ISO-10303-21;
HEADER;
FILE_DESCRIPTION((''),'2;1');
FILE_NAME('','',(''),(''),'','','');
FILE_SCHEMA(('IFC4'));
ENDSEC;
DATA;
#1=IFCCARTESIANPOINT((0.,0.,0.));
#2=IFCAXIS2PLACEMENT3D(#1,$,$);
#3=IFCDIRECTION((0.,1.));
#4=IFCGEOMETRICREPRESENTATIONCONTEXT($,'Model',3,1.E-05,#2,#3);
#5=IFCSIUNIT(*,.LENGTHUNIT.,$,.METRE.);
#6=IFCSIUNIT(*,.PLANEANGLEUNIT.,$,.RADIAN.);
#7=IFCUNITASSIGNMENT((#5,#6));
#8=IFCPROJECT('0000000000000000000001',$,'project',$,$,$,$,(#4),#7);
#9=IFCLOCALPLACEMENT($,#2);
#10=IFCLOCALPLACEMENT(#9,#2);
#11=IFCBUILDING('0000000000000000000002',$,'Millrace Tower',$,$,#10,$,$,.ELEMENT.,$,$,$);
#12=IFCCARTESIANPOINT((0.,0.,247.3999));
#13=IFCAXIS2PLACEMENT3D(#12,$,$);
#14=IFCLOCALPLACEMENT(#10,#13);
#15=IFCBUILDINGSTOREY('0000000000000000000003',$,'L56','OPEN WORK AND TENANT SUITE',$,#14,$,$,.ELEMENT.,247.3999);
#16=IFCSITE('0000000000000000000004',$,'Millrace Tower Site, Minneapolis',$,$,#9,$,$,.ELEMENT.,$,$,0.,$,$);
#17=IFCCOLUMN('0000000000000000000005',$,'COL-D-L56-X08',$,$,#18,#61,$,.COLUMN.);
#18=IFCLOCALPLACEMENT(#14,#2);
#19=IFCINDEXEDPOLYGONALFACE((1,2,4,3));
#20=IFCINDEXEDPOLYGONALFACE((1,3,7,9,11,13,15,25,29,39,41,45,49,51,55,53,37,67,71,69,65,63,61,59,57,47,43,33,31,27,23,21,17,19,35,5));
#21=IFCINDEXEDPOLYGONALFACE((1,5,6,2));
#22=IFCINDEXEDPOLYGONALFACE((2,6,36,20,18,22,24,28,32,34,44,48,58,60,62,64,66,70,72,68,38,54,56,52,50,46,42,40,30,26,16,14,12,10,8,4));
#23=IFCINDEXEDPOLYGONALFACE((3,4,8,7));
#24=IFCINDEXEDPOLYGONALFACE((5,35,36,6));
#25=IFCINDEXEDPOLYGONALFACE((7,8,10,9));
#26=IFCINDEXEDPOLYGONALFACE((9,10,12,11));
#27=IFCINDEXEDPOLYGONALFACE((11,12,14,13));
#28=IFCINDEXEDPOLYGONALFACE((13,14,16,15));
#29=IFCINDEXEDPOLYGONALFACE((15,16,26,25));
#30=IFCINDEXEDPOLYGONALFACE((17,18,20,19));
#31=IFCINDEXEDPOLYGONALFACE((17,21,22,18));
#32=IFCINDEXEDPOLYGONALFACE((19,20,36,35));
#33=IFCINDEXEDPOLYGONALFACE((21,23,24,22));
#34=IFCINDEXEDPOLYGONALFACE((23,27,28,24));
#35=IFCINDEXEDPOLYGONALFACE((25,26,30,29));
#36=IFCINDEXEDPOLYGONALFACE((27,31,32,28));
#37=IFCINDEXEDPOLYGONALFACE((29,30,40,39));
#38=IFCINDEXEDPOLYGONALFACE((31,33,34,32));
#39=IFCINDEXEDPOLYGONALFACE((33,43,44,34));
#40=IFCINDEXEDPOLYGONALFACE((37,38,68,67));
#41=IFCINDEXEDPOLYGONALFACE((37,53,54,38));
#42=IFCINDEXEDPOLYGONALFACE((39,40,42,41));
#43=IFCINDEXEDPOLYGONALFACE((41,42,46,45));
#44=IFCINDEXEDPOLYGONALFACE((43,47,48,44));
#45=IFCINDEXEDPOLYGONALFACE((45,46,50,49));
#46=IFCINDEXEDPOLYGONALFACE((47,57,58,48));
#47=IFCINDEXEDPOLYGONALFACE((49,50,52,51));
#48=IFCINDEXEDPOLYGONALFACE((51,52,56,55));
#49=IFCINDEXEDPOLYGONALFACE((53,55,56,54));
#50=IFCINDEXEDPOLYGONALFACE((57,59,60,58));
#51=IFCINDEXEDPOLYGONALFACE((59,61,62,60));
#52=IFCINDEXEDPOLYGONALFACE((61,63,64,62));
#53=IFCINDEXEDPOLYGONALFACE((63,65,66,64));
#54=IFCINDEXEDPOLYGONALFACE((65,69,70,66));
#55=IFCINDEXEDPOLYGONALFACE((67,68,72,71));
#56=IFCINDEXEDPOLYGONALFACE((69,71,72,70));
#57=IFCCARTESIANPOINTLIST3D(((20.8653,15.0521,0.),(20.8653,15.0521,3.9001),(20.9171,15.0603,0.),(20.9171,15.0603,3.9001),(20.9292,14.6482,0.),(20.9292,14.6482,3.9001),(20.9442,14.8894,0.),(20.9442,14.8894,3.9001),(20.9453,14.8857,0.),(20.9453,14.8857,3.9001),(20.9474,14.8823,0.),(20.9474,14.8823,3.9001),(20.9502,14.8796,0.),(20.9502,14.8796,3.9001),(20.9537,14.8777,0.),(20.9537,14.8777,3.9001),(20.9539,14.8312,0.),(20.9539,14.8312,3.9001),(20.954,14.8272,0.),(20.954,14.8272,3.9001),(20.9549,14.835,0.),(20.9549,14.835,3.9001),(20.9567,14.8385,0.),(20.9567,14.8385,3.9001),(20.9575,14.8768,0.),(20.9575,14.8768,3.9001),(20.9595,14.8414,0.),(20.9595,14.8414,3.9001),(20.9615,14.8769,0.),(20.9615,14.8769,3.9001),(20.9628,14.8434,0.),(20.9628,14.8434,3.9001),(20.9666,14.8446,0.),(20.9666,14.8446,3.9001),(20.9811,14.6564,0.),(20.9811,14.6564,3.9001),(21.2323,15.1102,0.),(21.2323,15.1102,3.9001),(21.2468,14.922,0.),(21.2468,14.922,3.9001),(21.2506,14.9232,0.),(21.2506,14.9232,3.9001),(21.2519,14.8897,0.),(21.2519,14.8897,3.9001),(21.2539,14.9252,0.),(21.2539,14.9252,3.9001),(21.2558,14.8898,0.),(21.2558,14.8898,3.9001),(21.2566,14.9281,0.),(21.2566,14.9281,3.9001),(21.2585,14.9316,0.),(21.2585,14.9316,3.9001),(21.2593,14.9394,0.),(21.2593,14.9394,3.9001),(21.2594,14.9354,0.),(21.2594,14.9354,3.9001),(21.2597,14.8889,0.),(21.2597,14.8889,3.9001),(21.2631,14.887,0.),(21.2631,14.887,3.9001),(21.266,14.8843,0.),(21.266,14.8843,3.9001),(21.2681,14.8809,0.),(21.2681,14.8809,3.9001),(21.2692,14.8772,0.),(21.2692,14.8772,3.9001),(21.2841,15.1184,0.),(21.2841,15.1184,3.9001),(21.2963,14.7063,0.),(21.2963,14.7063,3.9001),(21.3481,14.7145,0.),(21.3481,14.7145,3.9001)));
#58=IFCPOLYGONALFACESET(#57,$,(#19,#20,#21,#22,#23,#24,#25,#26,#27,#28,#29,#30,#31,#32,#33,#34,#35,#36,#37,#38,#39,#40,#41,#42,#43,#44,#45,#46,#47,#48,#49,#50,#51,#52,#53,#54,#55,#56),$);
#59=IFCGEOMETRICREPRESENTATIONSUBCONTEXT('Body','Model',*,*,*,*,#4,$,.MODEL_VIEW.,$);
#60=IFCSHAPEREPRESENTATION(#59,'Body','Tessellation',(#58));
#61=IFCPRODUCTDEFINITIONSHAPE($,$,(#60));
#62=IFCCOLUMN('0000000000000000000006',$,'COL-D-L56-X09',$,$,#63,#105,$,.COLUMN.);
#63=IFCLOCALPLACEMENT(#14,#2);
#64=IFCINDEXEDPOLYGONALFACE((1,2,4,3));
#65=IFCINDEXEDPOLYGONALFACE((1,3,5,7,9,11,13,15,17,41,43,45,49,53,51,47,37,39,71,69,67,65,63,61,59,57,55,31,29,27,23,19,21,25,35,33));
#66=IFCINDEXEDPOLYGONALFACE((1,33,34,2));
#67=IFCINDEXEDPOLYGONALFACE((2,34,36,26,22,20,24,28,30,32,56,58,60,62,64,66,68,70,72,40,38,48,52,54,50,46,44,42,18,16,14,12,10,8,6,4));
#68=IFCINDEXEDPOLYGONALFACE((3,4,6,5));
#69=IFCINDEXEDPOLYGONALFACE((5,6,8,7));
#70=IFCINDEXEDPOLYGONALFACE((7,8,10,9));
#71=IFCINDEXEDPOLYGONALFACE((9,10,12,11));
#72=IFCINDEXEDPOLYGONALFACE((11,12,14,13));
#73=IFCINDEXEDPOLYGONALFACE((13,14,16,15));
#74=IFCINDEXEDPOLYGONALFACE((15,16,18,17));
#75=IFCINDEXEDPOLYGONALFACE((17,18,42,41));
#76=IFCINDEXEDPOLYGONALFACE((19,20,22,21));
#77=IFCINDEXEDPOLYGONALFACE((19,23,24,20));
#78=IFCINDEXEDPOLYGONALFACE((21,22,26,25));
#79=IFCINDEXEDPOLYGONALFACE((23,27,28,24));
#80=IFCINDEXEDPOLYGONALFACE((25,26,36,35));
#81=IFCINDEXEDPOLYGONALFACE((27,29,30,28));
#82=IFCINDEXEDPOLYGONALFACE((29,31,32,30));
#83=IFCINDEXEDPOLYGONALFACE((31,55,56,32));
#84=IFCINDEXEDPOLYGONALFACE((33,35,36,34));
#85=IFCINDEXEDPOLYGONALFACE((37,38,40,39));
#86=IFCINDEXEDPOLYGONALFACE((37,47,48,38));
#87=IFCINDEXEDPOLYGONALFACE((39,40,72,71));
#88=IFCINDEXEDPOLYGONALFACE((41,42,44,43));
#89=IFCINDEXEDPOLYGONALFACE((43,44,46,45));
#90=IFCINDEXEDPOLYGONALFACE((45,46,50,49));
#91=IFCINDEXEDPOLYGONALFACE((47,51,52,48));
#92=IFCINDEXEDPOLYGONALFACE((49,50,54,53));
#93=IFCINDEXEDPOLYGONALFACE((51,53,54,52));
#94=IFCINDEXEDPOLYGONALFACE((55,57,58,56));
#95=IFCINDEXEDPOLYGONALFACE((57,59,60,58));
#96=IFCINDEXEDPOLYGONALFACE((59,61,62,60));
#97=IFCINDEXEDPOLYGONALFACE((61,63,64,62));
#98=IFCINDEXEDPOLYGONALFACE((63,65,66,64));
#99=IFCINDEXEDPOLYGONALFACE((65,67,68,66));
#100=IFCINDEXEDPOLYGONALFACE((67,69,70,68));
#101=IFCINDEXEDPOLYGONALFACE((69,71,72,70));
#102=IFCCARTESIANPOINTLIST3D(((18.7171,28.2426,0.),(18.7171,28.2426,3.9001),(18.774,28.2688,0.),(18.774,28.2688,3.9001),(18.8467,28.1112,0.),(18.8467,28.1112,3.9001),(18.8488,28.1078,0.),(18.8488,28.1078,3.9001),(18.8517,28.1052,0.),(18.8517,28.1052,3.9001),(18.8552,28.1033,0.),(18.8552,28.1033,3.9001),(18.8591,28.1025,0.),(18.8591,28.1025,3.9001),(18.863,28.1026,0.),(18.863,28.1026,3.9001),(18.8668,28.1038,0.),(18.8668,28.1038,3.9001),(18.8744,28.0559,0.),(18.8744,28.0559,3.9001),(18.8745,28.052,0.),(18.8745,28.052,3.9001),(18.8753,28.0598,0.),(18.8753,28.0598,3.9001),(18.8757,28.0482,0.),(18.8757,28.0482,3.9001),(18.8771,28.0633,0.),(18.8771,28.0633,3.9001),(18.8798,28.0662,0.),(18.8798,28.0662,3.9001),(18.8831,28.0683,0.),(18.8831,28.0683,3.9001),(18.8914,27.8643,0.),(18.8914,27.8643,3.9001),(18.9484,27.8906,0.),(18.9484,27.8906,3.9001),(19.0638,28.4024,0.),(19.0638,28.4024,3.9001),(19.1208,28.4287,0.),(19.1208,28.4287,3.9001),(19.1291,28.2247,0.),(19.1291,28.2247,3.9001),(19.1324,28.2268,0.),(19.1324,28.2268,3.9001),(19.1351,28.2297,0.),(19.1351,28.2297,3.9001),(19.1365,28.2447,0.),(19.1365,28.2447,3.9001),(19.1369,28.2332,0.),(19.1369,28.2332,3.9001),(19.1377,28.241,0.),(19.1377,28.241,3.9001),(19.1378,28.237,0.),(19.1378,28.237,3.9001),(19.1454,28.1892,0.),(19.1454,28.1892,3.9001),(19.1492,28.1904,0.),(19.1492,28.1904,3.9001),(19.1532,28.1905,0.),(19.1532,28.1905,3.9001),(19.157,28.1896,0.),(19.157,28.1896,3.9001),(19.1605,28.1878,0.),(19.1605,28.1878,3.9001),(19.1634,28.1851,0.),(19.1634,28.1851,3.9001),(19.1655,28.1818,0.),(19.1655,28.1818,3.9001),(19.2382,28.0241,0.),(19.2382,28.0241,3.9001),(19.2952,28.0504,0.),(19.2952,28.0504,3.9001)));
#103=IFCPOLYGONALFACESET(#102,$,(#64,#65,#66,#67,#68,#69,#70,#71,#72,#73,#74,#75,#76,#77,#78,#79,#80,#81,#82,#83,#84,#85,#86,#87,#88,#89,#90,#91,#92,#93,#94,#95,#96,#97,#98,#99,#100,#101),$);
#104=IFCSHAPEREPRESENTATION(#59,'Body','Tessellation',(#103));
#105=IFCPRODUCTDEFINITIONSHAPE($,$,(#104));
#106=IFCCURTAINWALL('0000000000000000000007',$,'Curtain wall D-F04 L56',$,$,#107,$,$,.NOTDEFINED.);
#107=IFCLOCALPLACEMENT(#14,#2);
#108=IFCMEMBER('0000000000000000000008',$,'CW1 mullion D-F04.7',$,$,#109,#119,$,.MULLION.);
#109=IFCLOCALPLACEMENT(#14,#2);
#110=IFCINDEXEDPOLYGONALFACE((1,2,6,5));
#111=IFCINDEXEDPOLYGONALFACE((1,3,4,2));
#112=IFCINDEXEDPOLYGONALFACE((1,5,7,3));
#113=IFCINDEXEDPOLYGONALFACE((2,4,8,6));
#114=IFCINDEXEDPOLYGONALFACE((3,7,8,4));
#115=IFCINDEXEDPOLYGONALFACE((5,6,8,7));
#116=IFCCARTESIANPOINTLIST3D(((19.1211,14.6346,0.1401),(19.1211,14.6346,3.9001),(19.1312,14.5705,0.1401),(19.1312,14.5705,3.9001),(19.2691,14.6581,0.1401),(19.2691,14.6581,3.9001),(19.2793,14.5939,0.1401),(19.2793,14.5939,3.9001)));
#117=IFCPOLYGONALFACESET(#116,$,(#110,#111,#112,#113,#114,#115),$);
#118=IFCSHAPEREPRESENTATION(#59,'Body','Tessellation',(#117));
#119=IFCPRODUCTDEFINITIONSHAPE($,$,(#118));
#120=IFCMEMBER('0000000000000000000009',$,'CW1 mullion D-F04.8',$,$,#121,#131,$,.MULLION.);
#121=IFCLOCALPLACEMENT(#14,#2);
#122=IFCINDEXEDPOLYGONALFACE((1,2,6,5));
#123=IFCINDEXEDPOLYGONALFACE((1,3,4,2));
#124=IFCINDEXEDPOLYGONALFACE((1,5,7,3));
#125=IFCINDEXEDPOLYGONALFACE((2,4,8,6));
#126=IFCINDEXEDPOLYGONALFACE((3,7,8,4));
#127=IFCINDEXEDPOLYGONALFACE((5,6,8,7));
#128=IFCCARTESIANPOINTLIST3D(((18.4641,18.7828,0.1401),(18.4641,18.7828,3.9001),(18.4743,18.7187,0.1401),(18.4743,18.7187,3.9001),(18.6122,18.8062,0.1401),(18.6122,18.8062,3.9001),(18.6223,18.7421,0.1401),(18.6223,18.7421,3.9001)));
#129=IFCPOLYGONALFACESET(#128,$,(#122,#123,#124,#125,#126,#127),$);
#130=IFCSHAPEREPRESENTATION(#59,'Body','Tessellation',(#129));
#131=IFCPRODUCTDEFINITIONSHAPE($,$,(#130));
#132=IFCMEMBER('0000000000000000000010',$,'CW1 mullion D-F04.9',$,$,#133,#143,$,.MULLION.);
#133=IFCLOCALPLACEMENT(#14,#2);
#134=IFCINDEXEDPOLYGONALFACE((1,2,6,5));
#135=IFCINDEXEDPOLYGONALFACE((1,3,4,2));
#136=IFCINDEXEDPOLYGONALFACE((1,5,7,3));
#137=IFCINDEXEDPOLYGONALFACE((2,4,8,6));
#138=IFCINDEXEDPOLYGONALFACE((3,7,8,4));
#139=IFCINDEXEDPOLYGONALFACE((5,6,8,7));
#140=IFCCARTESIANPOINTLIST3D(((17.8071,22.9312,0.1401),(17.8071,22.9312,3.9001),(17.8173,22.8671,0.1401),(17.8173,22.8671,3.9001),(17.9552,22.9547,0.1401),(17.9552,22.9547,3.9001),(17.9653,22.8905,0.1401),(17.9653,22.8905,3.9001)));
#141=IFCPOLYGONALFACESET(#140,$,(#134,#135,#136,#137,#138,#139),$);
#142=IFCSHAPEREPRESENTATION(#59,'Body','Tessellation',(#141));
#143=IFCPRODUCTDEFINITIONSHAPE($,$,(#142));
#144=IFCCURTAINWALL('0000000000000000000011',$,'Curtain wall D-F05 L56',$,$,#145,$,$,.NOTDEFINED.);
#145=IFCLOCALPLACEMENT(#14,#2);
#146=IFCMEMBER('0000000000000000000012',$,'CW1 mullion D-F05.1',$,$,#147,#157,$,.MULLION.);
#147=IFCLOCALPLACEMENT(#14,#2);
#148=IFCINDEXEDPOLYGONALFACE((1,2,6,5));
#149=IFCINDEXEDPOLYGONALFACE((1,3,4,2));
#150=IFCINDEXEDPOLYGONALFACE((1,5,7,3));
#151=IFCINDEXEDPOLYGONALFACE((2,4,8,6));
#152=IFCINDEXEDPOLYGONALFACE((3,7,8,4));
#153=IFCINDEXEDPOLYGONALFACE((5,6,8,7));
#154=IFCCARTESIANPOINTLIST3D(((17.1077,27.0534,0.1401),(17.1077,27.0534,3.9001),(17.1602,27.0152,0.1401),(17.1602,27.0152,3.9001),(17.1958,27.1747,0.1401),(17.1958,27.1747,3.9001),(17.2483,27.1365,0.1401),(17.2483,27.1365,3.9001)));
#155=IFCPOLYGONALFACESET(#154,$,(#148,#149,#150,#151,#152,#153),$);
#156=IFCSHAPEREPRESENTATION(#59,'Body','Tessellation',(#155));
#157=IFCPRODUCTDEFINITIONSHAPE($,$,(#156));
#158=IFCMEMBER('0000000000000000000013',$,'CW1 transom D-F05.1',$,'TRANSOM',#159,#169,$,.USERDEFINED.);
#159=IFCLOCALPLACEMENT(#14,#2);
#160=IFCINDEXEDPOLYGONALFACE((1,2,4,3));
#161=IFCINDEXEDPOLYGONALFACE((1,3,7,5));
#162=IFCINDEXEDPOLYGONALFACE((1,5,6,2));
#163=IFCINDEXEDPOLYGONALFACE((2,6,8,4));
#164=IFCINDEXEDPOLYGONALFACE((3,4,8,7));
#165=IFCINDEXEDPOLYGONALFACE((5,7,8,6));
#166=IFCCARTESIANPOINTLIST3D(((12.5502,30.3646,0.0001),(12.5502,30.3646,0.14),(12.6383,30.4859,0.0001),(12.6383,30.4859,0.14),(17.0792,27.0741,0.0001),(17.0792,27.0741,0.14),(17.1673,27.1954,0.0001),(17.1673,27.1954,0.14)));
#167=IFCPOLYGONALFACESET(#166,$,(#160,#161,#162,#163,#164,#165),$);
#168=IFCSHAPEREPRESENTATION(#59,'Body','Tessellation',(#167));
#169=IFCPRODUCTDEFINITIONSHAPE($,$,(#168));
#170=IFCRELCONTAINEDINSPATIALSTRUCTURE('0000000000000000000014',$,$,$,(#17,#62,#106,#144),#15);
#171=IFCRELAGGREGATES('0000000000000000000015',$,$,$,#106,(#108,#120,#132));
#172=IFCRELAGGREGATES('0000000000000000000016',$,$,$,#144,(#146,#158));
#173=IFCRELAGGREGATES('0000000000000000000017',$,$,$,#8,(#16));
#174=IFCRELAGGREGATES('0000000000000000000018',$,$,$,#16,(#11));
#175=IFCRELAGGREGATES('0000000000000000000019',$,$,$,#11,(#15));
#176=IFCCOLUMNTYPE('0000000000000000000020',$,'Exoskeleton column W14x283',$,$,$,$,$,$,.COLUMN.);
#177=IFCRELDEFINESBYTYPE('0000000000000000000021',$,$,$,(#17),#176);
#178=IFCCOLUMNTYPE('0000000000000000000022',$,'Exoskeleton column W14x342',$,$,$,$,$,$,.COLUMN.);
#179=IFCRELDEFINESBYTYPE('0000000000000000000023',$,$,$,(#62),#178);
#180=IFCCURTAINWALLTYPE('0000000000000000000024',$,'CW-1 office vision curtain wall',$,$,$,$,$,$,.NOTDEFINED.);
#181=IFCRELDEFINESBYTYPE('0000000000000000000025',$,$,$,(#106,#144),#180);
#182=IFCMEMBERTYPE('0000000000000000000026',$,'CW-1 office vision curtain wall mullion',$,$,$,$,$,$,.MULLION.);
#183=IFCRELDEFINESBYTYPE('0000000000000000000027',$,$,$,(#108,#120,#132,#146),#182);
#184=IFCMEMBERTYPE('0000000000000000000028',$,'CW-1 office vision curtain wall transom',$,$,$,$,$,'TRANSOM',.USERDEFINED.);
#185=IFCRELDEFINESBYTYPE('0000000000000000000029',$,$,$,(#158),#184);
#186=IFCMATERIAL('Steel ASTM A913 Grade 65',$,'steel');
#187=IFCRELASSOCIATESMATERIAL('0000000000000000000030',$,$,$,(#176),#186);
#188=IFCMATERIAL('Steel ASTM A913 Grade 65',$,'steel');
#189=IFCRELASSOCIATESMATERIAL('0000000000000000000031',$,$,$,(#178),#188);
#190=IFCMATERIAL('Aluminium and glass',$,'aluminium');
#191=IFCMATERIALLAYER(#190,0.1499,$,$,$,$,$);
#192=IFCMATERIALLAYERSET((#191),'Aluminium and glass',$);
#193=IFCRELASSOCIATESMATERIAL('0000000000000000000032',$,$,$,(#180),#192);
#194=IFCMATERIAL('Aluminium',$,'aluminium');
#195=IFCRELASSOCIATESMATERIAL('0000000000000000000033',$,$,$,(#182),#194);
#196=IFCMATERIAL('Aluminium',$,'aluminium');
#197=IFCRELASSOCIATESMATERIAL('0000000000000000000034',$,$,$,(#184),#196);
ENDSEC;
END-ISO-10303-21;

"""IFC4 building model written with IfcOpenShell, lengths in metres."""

from ifc_helpers import new_model, si_unit, direction, frame, origin, origin_2d, place, context, subcontext, project, spatial, rectangle, i_section, extrude, material, layer, layer_set, material_profile, profile_set, type_object, element, aggregate, save


model = new_model("IFC4")

# Units and contexts
model_context = context("Model", 3, precision=1e-05, world=origin(), true_north=direction((0.0, 1.0)))
body_context = subcontext(model_context, "Body", "Model", "MODEL_VIEW")
ifc_project = project(units=[si_unit("LENGTHUNIT", "METRE"), si_unit("PLANEANGLEUNIT", "RADIAN")], contexts=[model_context])

# Site, building, storey
site_placement = place(None, origin())
site = spatial("IfcSite", under=ifc_project, at=site_placement, Name="Millrace Tower Site, Minneapolis", CompositionType="ELEMENT", RefElevation=0.0)
building_placement = place(site_placement, origin())
building = spatial("IfcBuilding", under=site, at=building_placement, Name="Millrace Tower", CompositionType="ELEMENT")
storey_placement = place(building_placement, frame((0.0, 0.0, 247.3999)))
storey = spatial("IfcBuildingStorey", under=building, at=storey_placement, Name="L56", Description="OPEN WORK AND TENANT SUITE", CompositionType="ELEMENT", Elevation=247.3999)

# Columns
ifc_material_1 = material(Name="Steel ASTM A913 Grade 65", Category="steel")
ifc_material_profile_1 = material_profile(ifc_material_1, i_section(OverallWidth=0.4089, OverallDepth=0.4241, WebThickness=0.0327, FlangeThickness=0.0525, FilletRadius=0.0151, at=origin_2d()))
ifc_profile_set_1 = profile_set([ifc_material_profile_1], Name="Steel ASTM A913 Grade 65")
column_type_1 = type_object("IfcColumnType", Name="Exoskeleton column W14x283", PredefinedType="COLUMN", material=ifc_profile_set_1)
column_1_placement = place(storey_placement, frame((21.1067, 14.8833, 0.0), z_axis=(0.0, 0.0, 1.0), x_axis=(-0.156434, 0.987688, 0.0)))
element("IfcColumn", 1, at=column_1_placement, inside=storey, type_object=column_type_1, Name="COL-D-L56-X08", PredefinedType="COLUMN", context=body_context, shape_type="SweptSolid", body=[
    extrude(i_section(OverallWidth=0.4089, OverallDepth=0.4241, WebThickness=0.0327, FlangeThickness=0.0525, FilletRadius=0.0151, at=origin_2d()), origin(), (0.0, 0.0, 1.0), 3.9001),
])
ifc_material_2 = material(Name="Steel ASTM A913 Grade 65", Category="steel")
ifc_material_profile_2 = material_profile(ifc_material_2, i_section(OverallWidth=0.4165, OverallDepth=0.4446, WebThickness=0.0391, FlangeThickness=0.0627, FilletRadius=0.0151, at=origin_2d()))
ifc_profile_set_2 = profile_set([ifc_material_profile_2], Name="Steel ASTM A913 Grade 65")
column_type_2 = type_object("IfcColumnType", Name="Exoskeleton column W14x342", PredefinedType="COLUMN", material=ifc_profile_set_2)
column_2_placement = place(storey_placement, frame((19.0061, 28.1465, 0.0), z_axis=(0.0, 0.0, 1.0), x_axis=(-0.418553, 0.908192, 0.0)))
element("IfcColumn", 2, at=column_2_placement, inside=storey, type_object=column_type_2, Name="COL-D-L56-X09", PredefinedType="COLUMN", context=body_context, shape_type="SweptSolid", body=[
    extrude(i_section(OverallWidth=0.4165, OverallDepth=0.4446, WebThickness=0.0391, FlangeThickness=0.0627, FilletRadius=0.0151, at=origin_2d()), origin(), (0.0, 0.0, 1.0), 3.9001),
])

# Curtain walls, members
ifc_material_3 = material(Name="Aluminium and glass", Category="aluminium")
ifc_layer_1 = layer(ifc_material_3, 0.1499)
ifc_layer_set_1 = layer_set([ifc_layer_1], Name="Aluminium and glass")
curtain_wall_type = type_object("IfcCurtainWallType", Name="CW-1 office vision curtain wall", PredefinedType="NOTDEFINED", material=ifc_layer_set_1)
placement = place(storey_placement, origin())
curtain_wall_1 = element("IfcCurtainWall", 3, at=placement, inside=storey, type_object=curtain_wall_type, Name="Curtain wall D-F04 L56", PredefinedType="NOTDEFINED")
ifc_material_4 = material(Name="Aluminium", Category="aluminium")
ifc_material_profile_3 = material_profile(ifc_material_4, rectangle(XDim=0.0649, YDim=0.1499, at=origin_2d()))
ifc_profile_set_3 = profile_set([ifc_material_profile_3], Name="Aluminium")
member_type_1 = type_object("IfcMemberType", Name="CW-1 office vision curtain wall mullion", PredefinedType="MULLION", material=ifc_profile_set_3)
member_1_placement = place(storey_placement, frame((19.2002, 14.6143, 0.1401), z_axis=(0.0, 0.0, 1.0), x_axis=(-0.156434, 0.987688, 0.0)))
member_1 = element("IfcMember", 4, at=member_1_placement, type_object=member_type_1, Name="CW1 mullion D-F04.7", PredefinedType="MULLION", context=body_context, shape_type="SweptSolid", body=[
    extrude(rectangle(XDim=0.0649, YDim=0.1499, at=origin_2d()), origin(), (0.0, 0.0, 1.0), 3.76),
])
member_2_placement = place(storey_placement, frame((18.5432, 18.7625, 0.1401), z_axis=(0.0, 0.0, 1.0), x_axis=(-0.156434, 0.987688, 0.0)))
member_2 = element("IfcMember", 5, at=member_2_placement, type_object=member_type_1, Name="CW1 mullion D-F04.8", PredefinedType="MULLION", context=body_context, shape_type="SweptSolid", body=[
    extrude(rectangle(XDim=0.0649, YDim=0.1499, at=origin_2d()), origin(), (0.0, 0.0, 1.0), 3.76),
])
member_3_placement = place(storey_placement, frame((17.8862, 22.9109, 0.1401), z_axis=(0.0, 0.0, 1.0), x_axis=(-0.156434, 0.987688, 0.0)))
member_3 = element("IfcMember", 6, at=member_3_placement, type_object=member_type_1, Name="CW1 mullion D-F04.9", PredefinedType="MULLION", context=body_context, shape_type="SweptSolid", body=[
    extrude(rectangle(XDim=0.0649, YDim=0.1499, at=origin_2d()), origin(), (0.0, 0.0, 1.0), 3.76),
])
aggregate(curtain_wall_1, [member_1, member_2, member_3])
curtain_wall_2 = element("IfcCurtainWall", 7, at=placement, inside=storey, type_object=curtain_wall_type, Name="Curtain wall D-F05 L56", PredefinedType="NOTDEFINED")
member_4_placement = place(storey_placement, frame((17.178, 27.095, 0.1401), z_axis=(0.0, 0.0, 1.0), x_axis=(-0.809017, 0.587785, 0.0)))
member_4 = element("IfcMember", 8, at=member_4_placement, type_object=member_type_1, Name="CW1 mullion D-F05.1", PredefinedType="MULLION", context=body_context, shape_type="SweptSolid", body=[
    extrude(rectangle(XDim=0.0649, YDim=0.1499, at=origin_2d()), origin(), (0.0, 0.0, 1.0), 3.76),
])
ifc_material_5 = material(Name="Aluminium", Category="aluminium")
ifc_material_profile_4 = material_profile(ifc_material_5, rectangle(XDim=0.1499, YDim=0.1399, at=origin_2d()))
ifc_profile_set_4 = profile_set([ifc_material_profile_4], Name="Aluminium")
member_type_2 = type_object("IfcMemberType", Name="CW-1 office vision curtain wall transom", ElementType="TRANSOM", PredefinedType="USERDEFINED", material=ifc_profile_set_4)
member_5_placement = place(storey_placement, frame((17.1233, 27.1348, 0.0701), z_axis=(-0.809019, 0.587783, 0.0), x_axis=(-0.587783, -0.809019, 0.0)))
member_5 = element("IfcMember", 9, at=member_5_placement, type_object=member_type_2, Name="CW1 transom D-F05.1", ObjectType="TRANSOM", PredefinedType="USERDEFINED", context=body_context, shape_type="SweptSolid", body=[
    extrude(rectangle(XDim=0.1499, YDim=0.1399, at=origin_2d()), origin(), (0.0, 0.0, 1.0), 5.5981),
])
aggregate(curtain_wall_2, [member_4, member_5])

save(model, "model.ifc")
